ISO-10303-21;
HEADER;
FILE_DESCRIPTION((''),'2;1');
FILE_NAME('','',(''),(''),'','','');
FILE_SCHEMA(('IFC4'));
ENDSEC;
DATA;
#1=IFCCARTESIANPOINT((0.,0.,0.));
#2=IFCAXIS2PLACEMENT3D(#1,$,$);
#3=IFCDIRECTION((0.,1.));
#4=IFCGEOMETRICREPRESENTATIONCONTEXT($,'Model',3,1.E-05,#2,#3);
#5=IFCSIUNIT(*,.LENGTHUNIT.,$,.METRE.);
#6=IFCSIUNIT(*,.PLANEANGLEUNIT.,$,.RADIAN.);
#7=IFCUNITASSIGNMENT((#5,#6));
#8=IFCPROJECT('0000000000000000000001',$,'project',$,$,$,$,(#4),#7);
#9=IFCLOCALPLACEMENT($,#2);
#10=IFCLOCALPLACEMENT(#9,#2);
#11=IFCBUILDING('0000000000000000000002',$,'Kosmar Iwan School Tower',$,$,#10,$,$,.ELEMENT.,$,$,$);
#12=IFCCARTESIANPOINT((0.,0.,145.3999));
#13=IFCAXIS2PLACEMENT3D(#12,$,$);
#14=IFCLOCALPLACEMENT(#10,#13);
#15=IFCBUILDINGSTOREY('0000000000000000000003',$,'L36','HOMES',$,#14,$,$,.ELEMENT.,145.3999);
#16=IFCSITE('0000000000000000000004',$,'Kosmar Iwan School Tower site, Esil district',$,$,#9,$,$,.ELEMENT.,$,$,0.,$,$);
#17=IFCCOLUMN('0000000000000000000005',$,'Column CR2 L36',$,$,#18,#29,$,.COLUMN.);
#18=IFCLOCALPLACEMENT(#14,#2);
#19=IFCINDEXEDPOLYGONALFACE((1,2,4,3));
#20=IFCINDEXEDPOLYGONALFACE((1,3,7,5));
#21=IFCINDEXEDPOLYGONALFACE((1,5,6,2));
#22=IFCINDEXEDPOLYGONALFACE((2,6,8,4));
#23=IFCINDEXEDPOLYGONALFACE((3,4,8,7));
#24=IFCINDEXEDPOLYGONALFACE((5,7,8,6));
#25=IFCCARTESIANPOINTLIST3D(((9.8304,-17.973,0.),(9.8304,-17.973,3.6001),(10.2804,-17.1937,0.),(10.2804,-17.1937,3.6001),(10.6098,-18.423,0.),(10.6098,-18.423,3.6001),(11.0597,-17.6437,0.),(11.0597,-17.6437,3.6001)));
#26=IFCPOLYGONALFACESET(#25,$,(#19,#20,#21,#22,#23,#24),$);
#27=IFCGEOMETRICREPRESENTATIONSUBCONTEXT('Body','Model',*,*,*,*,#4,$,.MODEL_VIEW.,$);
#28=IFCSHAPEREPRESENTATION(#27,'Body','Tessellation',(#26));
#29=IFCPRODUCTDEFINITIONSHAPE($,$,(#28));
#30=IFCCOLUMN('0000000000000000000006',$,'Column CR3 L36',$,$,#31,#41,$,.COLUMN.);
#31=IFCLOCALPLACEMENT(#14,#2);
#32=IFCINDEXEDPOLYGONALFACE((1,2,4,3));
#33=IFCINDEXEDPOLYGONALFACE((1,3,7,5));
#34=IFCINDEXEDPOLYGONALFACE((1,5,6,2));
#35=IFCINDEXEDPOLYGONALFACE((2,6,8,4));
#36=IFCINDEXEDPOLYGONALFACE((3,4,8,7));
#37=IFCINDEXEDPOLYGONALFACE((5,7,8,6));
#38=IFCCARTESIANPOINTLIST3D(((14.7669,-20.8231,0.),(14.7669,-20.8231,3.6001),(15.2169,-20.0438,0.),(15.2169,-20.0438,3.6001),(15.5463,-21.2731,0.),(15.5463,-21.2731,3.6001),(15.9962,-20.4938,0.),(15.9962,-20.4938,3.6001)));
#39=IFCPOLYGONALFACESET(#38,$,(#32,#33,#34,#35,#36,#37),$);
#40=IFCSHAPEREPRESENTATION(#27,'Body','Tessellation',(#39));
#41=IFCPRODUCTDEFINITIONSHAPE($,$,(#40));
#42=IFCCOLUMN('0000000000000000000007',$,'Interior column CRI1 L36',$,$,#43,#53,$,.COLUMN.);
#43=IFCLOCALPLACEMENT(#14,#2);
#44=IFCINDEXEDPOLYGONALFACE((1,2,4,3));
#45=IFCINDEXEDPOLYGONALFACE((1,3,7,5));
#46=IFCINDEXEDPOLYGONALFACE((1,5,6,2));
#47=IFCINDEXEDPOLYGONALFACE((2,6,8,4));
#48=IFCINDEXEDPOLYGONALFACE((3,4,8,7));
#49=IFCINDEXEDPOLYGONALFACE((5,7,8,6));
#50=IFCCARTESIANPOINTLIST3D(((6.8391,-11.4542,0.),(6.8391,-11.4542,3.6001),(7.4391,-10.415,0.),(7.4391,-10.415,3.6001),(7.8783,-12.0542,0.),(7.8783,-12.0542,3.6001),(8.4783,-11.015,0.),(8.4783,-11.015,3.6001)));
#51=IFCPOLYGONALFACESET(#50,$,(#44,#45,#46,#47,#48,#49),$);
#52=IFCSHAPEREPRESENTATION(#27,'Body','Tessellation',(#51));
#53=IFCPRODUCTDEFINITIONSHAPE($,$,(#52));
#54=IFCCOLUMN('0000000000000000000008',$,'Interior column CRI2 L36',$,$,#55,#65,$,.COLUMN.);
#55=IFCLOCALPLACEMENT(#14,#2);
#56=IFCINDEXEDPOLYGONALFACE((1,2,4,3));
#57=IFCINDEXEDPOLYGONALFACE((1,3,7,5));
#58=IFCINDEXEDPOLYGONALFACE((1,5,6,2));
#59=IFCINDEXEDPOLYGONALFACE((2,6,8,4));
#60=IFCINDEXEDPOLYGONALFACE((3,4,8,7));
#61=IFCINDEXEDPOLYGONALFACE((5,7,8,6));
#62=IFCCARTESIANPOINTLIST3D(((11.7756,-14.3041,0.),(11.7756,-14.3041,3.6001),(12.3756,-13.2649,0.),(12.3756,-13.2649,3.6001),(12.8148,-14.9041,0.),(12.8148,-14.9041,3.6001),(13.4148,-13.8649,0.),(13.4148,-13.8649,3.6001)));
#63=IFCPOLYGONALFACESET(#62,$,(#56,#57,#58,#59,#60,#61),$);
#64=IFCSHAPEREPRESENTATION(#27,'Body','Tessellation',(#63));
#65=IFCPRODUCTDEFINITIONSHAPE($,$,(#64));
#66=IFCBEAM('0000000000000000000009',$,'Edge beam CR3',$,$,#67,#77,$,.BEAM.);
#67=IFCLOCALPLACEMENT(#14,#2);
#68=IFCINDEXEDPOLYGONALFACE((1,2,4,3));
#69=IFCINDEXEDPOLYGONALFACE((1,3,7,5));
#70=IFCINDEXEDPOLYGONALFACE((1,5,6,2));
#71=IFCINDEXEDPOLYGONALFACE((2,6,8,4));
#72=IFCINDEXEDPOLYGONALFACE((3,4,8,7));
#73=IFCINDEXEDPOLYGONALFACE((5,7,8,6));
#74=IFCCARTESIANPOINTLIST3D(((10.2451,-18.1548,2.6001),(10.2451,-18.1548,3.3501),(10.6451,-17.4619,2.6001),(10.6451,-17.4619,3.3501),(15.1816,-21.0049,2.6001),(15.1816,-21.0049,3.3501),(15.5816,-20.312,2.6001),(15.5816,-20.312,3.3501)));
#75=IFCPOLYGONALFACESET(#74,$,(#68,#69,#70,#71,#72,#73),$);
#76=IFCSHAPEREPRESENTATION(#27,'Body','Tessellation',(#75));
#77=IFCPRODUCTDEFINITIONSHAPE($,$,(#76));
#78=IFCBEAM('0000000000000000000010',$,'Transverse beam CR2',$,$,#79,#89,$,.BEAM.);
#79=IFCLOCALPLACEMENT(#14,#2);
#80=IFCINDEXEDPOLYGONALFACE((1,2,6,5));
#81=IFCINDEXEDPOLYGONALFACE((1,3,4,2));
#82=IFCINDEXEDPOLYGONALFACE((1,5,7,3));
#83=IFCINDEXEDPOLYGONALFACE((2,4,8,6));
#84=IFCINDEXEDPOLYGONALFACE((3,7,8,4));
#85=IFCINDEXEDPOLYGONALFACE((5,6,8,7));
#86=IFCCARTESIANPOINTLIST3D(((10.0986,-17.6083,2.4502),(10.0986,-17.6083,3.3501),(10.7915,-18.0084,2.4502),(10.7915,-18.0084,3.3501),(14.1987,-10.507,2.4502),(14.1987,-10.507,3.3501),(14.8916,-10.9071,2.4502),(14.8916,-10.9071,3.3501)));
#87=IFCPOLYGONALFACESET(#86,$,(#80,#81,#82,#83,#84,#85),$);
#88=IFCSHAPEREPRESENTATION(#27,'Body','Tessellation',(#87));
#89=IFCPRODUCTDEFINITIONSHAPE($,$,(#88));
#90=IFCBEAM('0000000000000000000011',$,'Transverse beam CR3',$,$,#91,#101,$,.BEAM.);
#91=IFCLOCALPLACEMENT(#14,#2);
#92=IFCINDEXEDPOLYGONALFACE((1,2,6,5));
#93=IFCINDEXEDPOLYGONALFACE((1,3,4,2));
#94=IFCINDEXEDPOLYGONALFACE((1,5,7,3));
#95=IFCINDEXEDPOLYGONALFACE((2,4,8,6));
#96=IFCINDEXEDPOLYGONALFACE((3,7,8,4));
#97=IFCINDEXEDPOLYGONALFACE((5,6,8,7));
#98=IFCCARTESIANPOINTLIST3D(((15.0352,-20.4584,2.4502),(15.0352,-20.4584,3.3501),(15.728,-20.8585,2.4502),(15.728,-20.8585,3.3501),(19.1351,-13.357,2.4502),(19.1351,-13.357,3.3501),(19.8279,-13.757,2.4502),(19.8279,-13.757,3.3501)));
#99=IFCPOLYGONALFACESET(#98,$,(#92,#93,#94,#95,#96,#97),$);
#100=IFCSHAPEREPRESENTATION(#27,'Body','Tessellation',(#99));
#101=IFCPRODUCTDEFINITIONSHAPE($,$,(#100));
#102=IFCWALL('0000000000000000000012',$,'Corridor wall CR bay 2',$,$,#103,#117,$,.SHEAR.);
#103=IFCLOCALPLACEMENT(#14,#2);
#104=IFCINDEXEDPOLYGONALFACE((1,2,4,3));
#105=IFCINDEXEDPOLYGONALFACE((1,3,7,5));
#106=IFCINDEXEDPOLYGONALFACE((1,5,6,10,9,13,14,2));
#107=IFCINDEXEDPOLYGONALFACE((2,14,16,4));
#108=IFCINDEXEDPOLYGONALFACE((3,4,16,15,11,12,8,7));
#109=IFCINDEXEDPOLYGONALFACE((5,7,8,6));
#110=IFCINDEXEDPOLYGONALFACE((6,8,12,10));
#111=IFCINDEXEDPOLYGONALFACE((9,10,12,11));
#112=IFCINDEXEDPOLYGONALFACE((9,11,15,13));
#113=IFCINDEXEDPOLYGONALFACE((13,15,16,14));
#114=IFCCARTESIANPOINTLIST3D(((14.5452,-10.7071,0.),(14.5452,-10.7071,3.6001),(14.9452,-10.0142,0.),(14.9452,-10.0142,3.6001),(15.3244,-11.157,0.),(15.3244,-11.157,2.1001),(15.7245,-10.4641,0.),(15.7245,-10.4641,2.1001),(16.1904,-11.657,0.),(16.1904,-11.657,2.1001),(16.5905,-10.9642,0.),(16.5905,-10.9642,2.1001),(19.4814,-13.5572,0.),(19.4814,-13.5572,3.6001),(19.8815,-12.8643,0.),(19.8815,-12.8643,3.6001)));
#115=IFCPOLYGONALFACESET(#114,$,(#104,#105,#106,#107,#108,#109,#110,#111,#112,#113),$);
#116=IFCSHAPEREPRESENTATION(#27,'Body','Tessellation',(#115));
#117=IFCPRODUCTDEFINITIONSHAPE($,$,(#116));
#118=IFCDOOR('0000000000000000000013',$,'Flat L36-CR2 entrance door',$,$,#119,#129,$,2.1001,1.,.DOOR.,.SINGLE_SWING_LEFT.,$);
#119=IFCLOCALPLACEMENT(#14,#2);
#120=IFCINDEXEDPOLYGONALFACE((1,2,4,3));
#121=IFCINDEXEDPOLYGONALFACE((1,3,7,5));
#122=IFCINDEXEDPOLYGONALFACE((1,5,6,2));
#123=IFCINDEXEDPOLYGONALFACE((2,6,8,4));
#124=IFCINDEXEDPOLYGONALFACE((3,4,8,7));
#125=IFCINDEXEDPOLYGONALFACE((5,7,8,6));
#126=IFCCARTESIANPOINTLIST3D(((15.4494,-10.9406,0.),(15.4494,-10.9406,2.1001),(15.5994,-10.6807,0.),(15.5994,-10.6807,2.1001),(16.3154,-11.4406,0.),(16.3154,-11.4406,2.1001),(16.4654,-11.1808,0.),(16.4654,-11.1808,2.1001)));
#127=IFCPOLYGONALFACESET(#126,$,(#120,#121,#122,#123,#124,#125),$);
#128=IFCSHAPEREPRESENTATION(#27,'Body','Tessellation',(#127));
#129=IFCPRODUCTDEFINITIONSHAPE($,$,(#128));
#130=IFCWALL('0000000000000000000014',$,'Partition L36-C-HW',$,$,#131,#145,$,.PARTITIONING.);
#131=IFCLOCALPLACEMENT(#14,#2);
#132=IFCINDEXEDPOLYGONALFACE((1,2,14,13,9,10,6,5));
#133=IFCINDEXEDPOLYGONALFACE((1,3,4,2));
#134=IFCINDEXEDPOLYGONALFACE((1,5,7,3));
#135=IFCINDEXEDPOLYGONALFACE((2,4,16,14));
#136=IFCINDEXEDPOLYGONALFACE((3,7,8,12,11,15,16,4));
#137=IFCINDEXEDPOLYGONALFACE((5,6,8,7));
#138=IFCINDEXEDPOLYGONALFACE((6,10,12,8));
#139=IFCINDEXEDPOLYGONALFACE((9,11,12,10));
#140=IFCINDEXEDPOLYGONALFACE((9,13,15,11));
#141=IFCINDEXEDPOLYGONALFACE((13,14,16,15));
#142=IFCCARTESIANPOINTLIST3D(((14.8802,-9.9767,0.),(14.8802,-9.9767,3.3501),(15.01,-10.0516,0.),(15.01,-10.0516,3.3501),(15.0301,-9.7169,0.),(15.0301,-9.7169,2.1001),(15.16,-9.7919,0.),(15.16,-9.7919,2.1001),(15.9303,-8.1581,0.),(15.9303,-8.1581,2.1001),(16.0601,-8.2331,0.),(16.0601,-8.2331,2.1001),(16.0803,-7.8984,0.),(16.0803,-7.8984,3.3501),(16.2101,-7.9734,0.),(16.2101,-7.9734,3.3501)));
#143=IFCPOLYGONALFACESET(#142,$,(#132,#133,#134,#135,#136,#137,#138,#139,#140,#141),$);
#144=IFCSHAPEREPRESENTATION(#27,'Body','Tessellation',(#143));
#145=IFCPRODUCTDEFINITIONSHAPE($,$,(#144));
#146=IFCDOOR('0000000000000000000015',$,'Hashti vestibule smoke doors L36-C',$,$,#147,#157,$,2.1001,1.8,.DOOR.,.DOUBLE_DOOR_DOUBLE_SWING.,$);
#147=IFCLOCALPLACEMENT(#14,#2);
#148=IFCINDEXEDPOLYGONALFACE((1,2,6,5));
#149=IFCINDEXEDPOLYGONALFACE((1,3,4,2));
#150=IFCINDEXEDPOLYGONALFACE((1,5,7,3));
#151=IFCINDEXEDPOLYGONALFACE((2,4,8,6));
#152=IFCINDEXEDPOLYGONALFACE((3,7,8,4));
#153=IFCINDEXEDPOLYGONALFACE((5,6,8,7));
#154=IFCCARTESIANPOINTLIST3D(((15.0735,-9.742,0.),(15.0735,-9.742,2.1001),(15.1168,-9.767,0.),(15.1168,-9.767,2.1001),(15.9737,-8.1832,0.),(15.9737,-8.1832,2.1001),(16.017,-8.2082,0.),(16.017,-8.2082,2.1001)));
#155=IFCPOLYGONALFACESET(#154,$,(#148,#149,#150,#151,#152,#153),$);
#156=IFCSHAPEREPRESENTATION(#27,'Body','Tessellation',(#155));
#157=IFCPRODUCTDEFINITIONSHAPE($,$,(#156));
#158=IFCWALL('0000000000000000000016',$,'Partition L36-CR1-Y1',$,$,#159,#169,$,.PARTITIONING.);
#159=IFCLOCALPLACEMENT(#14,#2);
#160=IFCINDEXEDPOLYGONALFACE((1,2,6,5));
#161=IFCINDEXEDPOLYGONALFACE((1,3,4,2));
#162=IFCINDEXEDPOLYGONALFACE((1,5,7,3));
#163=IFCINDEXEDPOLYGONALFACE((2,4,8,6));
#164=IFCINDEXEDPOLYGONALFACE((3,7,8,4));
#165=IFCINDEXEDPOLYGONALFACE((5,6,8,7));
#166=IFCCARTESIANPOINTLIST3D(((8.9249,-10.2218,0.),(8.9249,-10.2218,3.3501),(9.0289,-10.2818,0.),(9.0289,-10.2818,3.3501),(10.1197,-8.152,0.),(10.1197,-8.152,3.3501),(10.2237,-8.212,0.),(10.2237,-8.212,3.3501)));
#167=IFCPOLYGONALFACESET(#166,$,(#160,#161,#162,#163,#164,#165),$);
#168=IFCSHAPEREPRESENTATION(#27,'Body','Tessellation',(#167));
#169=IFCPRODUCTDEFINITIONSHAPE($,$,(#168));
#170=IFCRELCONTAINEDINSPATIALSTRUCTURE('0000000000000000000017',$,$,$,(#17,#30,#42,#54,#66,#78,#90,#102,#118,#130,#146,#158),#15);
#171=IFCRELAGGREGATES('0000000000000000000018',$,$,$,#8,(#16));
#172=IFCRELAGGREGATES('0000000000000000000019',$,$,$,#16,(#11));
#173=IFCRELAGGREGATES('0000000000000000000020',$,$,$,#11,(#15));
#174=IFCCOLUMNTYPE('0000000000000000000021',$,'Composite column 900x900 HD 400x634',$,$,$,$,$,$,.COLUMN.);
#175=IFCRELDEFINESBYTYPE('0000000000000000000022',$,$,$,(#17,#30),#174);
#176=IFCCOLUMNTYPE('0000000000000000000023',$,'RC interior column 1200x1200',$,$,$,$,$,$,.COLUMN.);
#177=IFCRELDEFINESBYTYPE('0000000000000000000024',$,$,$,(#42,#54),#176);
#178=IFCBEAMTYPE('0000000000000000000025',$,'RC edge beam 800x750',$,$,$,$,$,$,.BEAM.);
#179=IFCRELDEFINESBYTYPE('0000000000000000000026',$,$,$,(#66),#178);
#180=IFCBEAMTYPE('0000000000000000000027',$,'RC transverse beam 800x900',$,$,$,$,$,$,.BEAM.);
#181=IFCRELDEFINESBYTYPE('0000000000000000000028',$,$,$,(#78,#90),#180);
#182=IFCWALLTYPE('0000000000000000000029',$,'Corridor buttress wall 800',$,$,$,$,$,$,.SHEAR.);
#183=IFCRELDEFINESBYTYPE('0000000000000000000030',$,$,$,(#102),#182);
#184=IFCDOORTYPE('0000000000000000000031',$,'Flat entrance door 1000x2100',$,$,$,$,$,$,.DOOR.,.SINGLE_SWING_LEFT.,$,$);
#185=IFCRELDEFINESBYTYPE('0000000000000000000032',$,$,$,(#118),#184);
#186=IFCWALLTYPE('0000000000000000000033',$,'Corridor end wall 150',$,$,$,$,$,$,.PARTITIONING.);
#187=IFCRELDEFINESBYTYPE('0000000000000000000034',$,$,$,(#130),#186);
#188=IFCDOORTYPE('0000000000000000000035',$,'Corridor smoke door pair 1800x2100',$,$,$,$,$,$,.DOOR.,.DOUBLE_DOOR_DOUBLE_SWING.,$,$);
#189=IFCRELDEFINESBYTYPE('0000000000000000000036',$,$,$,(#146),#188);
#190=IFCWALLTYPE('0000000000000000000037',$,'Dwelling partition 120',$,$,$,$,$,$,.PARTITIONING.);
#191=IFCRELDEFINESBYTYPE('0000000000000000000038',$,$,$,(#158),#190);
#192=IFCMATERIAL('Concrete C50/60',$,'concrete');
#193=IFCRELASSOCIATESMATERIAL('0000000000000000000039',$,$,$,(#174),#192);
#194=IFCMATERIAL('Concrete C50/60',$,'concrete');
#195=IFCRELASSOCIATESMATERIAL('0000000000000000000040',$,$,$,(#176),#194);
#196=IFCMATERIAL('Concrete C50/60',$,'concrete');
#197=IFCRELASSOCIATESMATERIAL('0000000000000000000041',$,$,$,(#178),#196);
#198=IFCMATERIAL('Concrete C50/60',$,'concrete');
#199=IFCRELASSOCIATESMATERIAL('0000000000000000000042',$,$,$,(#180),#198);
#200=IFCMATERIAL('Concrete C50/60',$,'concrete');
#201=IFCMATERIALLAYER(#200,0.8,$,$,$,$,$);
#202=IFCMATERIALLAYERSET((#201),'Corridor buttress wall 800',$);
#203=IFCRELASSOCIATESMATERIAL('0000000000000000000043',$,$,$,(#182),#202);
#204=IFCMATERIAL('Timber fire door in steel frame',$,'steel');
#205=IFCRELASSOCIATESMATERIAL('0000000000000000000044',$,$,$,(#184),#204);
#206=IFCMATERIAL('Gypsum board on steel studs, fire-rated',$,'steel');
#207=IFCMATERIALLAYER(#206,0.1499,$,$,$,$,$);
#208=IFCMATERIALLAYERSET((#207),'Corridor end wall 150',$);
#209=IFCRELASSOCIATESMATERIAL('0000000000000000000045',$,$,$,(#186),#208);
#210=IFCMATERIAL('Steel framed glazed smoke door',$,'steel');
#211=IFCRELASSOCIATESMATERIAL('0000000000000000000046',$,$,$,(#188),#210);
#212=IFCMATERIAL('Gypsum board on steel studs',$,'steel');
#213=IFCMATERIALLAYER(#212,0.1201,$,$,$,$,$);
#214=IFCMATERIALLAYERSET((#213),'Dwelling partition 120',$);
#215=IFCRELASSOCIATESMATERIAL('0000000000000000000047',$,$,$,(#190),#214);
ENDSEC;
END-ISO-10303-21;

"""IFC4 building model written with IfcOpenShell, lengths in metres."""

from ifc_helpers import new_model, si_unit, direction, frame, frame_2d, origin, origin_2d, place, context, subcontext, project, spatial, rectangle, extrude, material, layer, layer_set, material_profile, profile_set, type_object, element, fill, save


model = new_model("IFC4")

# Units and contexts
model_context = context("Model", 3, precision=1e-05, world=origin(), true_north=direction((0.0, 1.0)))
body_context = subcontext(model_context, "Body", "Model", "MODEL_VIEW")
ifc_project = project(units=[si_unit("LENGTHUNIT", "METRE"), si_unit("PLANEANGLEUNIT", "RADIAN")], contexts=[model_context])

# Site, building, storey
site_placement = place(None, origin())
site = spatial("IfcSite", under=ifc_project, at=site_placement, Name="Kosmar Iwan School Tower site, Esil district", CompositionType="ELEMENT", RefElevation=0.0)
building_placement = place(site_placement, origin())
building = spatial("IfcBuilding", under=site, at=building_placement, Name="Kosmar Iwan School Tower", CompositionType="ELEMENT")
storey_placement = place(building_placement, frame((0.0, 0.0, 145.3999)))
storey = spatial("IfcBuildingStorey", under=building, at=storey_placement, Name="L36", Description="HOMES", CompositionType="ELEMENT", Elevation=145.3999)

# Columns
ifc_material_1 = material(Name="Concrete C50/60", Category="concrete")
ifc_material_profile_1 = material_profile(ifc_material_1, rectangle(XDim=0.8999, YDim=0.8999, at=origin_2d()), Name="RC 900x900 + HD 400x634")
ifc_profile_set_1 = profile_set([ifc_material_profile_1], Name="Concrete C50/60")
column_type_1 = type_object("IfcColumnType", Name="Composite column 900x900 HD 400x634", PredefinedType="COLUMN", material=ifc_profile_set_1)
for number, where, z_axis, x_axis, name in (
    (1, (10.4451, -17.8083, 0.0), (0.0, 0.0, 1.0), (0.866025, -0.5, 0.0), "Column CR2 L36"),
    (2, (15.3816, -20.6584, 0.0), (0.0, 0.0, 1.0), (0.866025, -0.5, 0.0), "Column CR3 L36"),
):
    element("IfcColumn", number, at=place(storey_placement, frame(where, z_axis=z_axis, x_axis=x_axis)), inside=storey, type_object=column_type_1, Name=name, PredefinedType="COLUMN", context=body_context, shape_type="SweptSolid", body=[
        extrude(rectangle(XDim=0.8999, YDim=0.8999, at=origin_2d()), origin(), (0.0, 0.0, 1.0), 3.6001),
    ])
ifc_material_2 = material(Name="Concrete C50/60", Category="concrete")
ifc_material_profile_2 = material_profile(ifc_material_2, rectangle(XDim=1.2, YDim=1.2, at=origin_2d()), Name="RC 1200x1200")
ifc_profile_set_2 = profile_set([ifc_material_profile_2], Name="Concrete C50/60")
column_type_2 = type_object("IfcColumnType", Name="RC interior column 1200x1200", PredefinedType="COLUMN", material=ifc_profile_set_2)
for number, where, z_axis, x_axis, name in (
    (3, (7.6587, -11.2346, 0.0), (0.0, 0.0, 1.0), (0.866025, -0.5, 0.0), "Interior column CRI1 L36"),
    (4, (12.5952, -14.0845, 0.0), (0.0, 0.0, 1.0), (0.866025, -0.5, 0.0), "Interior column CRI2 L36"),
):
    element("IfcColumn", number, at=place(storey_placement, frame(where, z_axis=z_axis, x_axis=x_axis)), inside=storey, type_object=column_type_2, Name=name, PredefinedType="COLUMN", context=body_context, shape_type="SweptSolid", body=[
        extrude(rectangle(XDim=1.2, YDim=1.2, at=origin_2d()), origin(), (0.0, 0.0, 1.0), 3.6001),
    ])

# Beams
ifc_material_3 = material(Name="Concrete C50/60", Category="concrete")
ifc_material_profile_3 = material_profile(ifc_material_3, rectangle(XDim=0.8, YDim=0.75, at=origin_2d()), Name="RC 800x750")
ifc_profile_set_3 = profile_set([ifc_material_profile_3], Name="Concrete C50/60")
beam_type_1 = type_object("IfcBeamType", Name="RC edge beam 800x750", PredefinedType="BEAM", material=ifc_profile_set_3)
beam_placement = place(storey_placement, frame((10.4451, -17.8083, 2.9751), z_axis=(0.866026, -0.499999, 0.0), x_axis=(0.499999, 0.866026, 0.0)))
element("IfcBeam", 5, at=beam_placement, inside=storey, type_object=beam_type_1, Name="Edge beam CR3", PredefinedType="BEAM", context=body_context, shape_type="SweptSolid", body=[
    extrude(rectangle(XDim=0.8, YDim=0.75, at=origin_2d()), origin(), (0.0, 0.0, 1.0), 5.7002),
])
ifc_material_4 = material(Name="Concrete C50/60", Category="concrete")
ifc_material_profile_4 = material_profile(ifc_material_4, rectangle(XDim=0.8, YDim=0.8999, at=origin_2d()), Name="RC 800x900")
ifc_profile_set_4 = profile_set([ifc_material_profile_4], Name="Concrete C50/60")
beam_type_2 = type_object("IfcBeamType", Name="RC transverse beam 800x900", PredefinedType="BEAM", material=ifc_profile_set_4)
for number, where, z_axis, x_axis, name in (
    (6, (10.4451, -17.8083, 2.9001), (0.500014, 0.866018, 0.0), (-0.866018, 0.500014, 0.0), "Transverse beam CR2"),
    (7, (15.3816, -20.6584, 2.9001), (0.499991, 0.86603, 0.0), (-0.86603, 0.499991, 0.0), "Transverse beam CR3"),
):
    element("IfcBeam", number, at=place(storey_placement, frame(where, z_axis=z_axis, x_axis=x_axis)), inside=storey, type_object=beam_type_2, Name=name, PredefinedType="BEAM", context=body_context, shape_type="SweptSolid", body=[
        extrude(rectangle(XDim=0.8, YDim=0.8999, at=origin_2d()), origin(), (0.0, 0.0, 1.0), 8.2),
    ])

# Walls, openings, doors
ifc_material_5 = material(Name="Concrete C50/60", Category="concrete")
ifc_layer_1 = layer(ifc_material_5, 0.8)
ifc_layer_set_1 = layer_set([ifc_layer_1], Name="Corridor buttress wall 800")
wall_type_1 = type_object("IfcWallType", Name="Corridor buttress wall 800", PredefinedType="SHEAR", material=ifc_layer_set_1)
wall_1_placement = place(storey_placement, frame((14.7451, -10.3606, 0.0), z_axis=(0.0, 0.0, 1.0), x_axis=(0.866015, -0.500018, 0.0)))
wall_1 = element("IfcWall", 8, at=wall_1_placement, inside=storey, type_object=wall_type_1, Name="Corridor wall CR bay 2", PredefinedType="SHEAR", context=body_context, shape_type="SweptSolid", body=[
    extrude(rectangle(XDim=5.7, YDim=0.8, at=frame_2d((2.8501, 0.0))), origin(), (0.0, 0.0, 1.0), 3.6001),
])
opening_1_placement = place(wall_1_placement, frame((0.8999, 0.0, 0.0)))
opening_1 = element("IfcOpeningElement", 9, at=opening_1_placement, cuts=wall_1, PredefinedType="OPENING", context=body_context, shape_type="SweptSolid", body=[
    extrude(rectangle(XDim=1.0, YDim=2.1001, at=frame_2d((0.5, 1.05))), frame((0.0, 0.4121, 0.0), z_axis=(0.0, -1.0, 0.0), x_axis=(1.0, 0.0, 0.0)), (0.0, 0.0, 1.0), 0.824),
])
ifc_material_6 = material(Name="Timber fire door in steel frame", Category="steel")
door_type_1 = type_object("IfcDoorType", Name="Flat entrance door 1000x2100", OperationType="SINGLE_SWING_LEFT", PredefinedType="DOOR", material=ifc_material_6)
door_1_placement = place(opening_1_placement, origin())
door_1 = element("IfcDoor", 10, at=door_1_placement, inside=storey, type_object=door_type_1, Name="Flat L36-CR2 entrance door", OperationType="SINGLE_SWING_LEFT", OverallHeight=2.1001, OverallWidth=1.0, PredefinedType="DOOR", context=body_context, shape_type="SweptSolid", body=[
    extrude(rectangle(XDim=1.0, YDim=2.1001, at=frame_2d((0.5, 1.05))), frame((0.0, 0.1499, 0.0), z_axis=(0.0, -1.0, 0.0), x_axis=(1.0, 0.0, 0.0)), (0.0, 0.0, 1.0), 0.3),
])
fill(opening_1, door_1)
ifc_material_7 = material(Name="Gypsum board on steel studs, fire-rated", Category="steel")
ifc_layer_2 = layer(ifc_material_7, 0.1499)
ifc_layer_set_2 = layer_set([ifc_layer_2], Name="Corridor end wall 150")
wall_type_2 = type_object("IfcWallType", Name="Corridor end wall 150", PredefinedType="PARTITIONING", material=ifc_layer_set_2)
wall_2_placement = place(storey_placement, frame((14.9451, -10.0142, 0.0), z_axis=(0.0, 0.0, 1.0), x_axis=(0.500078, 0.865981, 0.0)))
wall_2 = element("IfcWall", 11, at=wall_2_placement, inside=storey, type_object=wall_type_2, Name="Partition L36-C-HW", PredefinedType="PARTITIONING", context=body_context, shape_type="SweptSolid", body=[
    extrude(rectangle(XDim=2.3999, YDim=0.1499, at=frame_2d((1.2, 0.0))), origin(), (0.0, 0.0, 1.0), 3.3501),
])
opening_2_placement = place(wall_2_placement, frame((0.3, 0.0, 0.0)))
opening_2 = element("IfcOpeningElement", 12, at=opening_2_placement, cuts=wall_2, PredefinedType="OPENING", context=body_context, shape_type="SweptSolid", body=[
    extrude(rectangle(XDim=1.8, YDim=2.1001, at=frame_2d((0.8999, 1.05))), frame((0.0, 0.0869, 0.0), z_axis=(0.0, -1.0, 0.0), x_axis=(1.0, 0.0, 0.0)), (0.0, 0.0, 1.0), 0.1738),
])
ifc_material_8 = material(Name="Steel framed glazed smoke door", Category="steel")
door_type_2 = type_object("IfcDoorType", Name="Corridor smoke door pair 1800x2100", OperationType="DOUBLE_DOOR_DOUBLE_SWING", PredefinedType="DOOR", material=ifc_material_8)
door_2_placement = place(opening_2_placement, origin())
door_2 = element("IfcDoor", 13, at=door_2_placement, inside=storey, type_object=door_type_2, Name="Hashti vestibule smoke doors L36-C", OperationType="DOUBLE_DOOR_DOUBLE_SWING", OverallHeight=2.1001, OverallWidth=1.8, PredefinedType="DOOR", context=body_context, shape_type="SweptSolid", body=[
    extrude(rectangle(XDim=1.8, YDim=2.1001, at=frame_2d((0.8999, 1.05))), frame((0.0, 0.0249, 0.0), z_axis=(0.0, -1.0, 0.0), x_axis=(1.0, 0.0, 0.0)), (0.0, 0.0, 1.0), 0.05),
])
fill(opening_2, door_2)

# Wall
ifc_material_9 = material(Name="Gypsum board on steel studs", Category="steel")
ifc_layer_3 = layer(ifc_material_9, 0.1201)
ifc_layer_set_3 = layer_set([ifc_layer_3], Name="Dwelling partition 120")
wall_type_3 = type_object("IfcWallType", Name="Dwelling partition 120", PredefinedType="PARTITIONING", material=ifc_layer_set_3)
wall_3_placement = place(storey_placement, frame((10.1716, -8.1821, 0.0), z_axis=(0.0, 0.0, 1.0), x_axis=(-0.499941, -0.86606, 0.0)))
element("IfcWall", 14, at=wall_3_placement, inside=storey, type_object=wall_type_3, Name="Partition L36-CR1-Y1", PredefinedType="PARTITIONING", context=body_context, shape_type="SweptSolid", body=[
    extrude(rectangle(XDim=2.3899, YDim=0.1201, at=frame_2d((1.1948, 0.0))), origin(), (0.0, 0.0, 1.0), 3.3501),
])

save(model, "model.ifc")
